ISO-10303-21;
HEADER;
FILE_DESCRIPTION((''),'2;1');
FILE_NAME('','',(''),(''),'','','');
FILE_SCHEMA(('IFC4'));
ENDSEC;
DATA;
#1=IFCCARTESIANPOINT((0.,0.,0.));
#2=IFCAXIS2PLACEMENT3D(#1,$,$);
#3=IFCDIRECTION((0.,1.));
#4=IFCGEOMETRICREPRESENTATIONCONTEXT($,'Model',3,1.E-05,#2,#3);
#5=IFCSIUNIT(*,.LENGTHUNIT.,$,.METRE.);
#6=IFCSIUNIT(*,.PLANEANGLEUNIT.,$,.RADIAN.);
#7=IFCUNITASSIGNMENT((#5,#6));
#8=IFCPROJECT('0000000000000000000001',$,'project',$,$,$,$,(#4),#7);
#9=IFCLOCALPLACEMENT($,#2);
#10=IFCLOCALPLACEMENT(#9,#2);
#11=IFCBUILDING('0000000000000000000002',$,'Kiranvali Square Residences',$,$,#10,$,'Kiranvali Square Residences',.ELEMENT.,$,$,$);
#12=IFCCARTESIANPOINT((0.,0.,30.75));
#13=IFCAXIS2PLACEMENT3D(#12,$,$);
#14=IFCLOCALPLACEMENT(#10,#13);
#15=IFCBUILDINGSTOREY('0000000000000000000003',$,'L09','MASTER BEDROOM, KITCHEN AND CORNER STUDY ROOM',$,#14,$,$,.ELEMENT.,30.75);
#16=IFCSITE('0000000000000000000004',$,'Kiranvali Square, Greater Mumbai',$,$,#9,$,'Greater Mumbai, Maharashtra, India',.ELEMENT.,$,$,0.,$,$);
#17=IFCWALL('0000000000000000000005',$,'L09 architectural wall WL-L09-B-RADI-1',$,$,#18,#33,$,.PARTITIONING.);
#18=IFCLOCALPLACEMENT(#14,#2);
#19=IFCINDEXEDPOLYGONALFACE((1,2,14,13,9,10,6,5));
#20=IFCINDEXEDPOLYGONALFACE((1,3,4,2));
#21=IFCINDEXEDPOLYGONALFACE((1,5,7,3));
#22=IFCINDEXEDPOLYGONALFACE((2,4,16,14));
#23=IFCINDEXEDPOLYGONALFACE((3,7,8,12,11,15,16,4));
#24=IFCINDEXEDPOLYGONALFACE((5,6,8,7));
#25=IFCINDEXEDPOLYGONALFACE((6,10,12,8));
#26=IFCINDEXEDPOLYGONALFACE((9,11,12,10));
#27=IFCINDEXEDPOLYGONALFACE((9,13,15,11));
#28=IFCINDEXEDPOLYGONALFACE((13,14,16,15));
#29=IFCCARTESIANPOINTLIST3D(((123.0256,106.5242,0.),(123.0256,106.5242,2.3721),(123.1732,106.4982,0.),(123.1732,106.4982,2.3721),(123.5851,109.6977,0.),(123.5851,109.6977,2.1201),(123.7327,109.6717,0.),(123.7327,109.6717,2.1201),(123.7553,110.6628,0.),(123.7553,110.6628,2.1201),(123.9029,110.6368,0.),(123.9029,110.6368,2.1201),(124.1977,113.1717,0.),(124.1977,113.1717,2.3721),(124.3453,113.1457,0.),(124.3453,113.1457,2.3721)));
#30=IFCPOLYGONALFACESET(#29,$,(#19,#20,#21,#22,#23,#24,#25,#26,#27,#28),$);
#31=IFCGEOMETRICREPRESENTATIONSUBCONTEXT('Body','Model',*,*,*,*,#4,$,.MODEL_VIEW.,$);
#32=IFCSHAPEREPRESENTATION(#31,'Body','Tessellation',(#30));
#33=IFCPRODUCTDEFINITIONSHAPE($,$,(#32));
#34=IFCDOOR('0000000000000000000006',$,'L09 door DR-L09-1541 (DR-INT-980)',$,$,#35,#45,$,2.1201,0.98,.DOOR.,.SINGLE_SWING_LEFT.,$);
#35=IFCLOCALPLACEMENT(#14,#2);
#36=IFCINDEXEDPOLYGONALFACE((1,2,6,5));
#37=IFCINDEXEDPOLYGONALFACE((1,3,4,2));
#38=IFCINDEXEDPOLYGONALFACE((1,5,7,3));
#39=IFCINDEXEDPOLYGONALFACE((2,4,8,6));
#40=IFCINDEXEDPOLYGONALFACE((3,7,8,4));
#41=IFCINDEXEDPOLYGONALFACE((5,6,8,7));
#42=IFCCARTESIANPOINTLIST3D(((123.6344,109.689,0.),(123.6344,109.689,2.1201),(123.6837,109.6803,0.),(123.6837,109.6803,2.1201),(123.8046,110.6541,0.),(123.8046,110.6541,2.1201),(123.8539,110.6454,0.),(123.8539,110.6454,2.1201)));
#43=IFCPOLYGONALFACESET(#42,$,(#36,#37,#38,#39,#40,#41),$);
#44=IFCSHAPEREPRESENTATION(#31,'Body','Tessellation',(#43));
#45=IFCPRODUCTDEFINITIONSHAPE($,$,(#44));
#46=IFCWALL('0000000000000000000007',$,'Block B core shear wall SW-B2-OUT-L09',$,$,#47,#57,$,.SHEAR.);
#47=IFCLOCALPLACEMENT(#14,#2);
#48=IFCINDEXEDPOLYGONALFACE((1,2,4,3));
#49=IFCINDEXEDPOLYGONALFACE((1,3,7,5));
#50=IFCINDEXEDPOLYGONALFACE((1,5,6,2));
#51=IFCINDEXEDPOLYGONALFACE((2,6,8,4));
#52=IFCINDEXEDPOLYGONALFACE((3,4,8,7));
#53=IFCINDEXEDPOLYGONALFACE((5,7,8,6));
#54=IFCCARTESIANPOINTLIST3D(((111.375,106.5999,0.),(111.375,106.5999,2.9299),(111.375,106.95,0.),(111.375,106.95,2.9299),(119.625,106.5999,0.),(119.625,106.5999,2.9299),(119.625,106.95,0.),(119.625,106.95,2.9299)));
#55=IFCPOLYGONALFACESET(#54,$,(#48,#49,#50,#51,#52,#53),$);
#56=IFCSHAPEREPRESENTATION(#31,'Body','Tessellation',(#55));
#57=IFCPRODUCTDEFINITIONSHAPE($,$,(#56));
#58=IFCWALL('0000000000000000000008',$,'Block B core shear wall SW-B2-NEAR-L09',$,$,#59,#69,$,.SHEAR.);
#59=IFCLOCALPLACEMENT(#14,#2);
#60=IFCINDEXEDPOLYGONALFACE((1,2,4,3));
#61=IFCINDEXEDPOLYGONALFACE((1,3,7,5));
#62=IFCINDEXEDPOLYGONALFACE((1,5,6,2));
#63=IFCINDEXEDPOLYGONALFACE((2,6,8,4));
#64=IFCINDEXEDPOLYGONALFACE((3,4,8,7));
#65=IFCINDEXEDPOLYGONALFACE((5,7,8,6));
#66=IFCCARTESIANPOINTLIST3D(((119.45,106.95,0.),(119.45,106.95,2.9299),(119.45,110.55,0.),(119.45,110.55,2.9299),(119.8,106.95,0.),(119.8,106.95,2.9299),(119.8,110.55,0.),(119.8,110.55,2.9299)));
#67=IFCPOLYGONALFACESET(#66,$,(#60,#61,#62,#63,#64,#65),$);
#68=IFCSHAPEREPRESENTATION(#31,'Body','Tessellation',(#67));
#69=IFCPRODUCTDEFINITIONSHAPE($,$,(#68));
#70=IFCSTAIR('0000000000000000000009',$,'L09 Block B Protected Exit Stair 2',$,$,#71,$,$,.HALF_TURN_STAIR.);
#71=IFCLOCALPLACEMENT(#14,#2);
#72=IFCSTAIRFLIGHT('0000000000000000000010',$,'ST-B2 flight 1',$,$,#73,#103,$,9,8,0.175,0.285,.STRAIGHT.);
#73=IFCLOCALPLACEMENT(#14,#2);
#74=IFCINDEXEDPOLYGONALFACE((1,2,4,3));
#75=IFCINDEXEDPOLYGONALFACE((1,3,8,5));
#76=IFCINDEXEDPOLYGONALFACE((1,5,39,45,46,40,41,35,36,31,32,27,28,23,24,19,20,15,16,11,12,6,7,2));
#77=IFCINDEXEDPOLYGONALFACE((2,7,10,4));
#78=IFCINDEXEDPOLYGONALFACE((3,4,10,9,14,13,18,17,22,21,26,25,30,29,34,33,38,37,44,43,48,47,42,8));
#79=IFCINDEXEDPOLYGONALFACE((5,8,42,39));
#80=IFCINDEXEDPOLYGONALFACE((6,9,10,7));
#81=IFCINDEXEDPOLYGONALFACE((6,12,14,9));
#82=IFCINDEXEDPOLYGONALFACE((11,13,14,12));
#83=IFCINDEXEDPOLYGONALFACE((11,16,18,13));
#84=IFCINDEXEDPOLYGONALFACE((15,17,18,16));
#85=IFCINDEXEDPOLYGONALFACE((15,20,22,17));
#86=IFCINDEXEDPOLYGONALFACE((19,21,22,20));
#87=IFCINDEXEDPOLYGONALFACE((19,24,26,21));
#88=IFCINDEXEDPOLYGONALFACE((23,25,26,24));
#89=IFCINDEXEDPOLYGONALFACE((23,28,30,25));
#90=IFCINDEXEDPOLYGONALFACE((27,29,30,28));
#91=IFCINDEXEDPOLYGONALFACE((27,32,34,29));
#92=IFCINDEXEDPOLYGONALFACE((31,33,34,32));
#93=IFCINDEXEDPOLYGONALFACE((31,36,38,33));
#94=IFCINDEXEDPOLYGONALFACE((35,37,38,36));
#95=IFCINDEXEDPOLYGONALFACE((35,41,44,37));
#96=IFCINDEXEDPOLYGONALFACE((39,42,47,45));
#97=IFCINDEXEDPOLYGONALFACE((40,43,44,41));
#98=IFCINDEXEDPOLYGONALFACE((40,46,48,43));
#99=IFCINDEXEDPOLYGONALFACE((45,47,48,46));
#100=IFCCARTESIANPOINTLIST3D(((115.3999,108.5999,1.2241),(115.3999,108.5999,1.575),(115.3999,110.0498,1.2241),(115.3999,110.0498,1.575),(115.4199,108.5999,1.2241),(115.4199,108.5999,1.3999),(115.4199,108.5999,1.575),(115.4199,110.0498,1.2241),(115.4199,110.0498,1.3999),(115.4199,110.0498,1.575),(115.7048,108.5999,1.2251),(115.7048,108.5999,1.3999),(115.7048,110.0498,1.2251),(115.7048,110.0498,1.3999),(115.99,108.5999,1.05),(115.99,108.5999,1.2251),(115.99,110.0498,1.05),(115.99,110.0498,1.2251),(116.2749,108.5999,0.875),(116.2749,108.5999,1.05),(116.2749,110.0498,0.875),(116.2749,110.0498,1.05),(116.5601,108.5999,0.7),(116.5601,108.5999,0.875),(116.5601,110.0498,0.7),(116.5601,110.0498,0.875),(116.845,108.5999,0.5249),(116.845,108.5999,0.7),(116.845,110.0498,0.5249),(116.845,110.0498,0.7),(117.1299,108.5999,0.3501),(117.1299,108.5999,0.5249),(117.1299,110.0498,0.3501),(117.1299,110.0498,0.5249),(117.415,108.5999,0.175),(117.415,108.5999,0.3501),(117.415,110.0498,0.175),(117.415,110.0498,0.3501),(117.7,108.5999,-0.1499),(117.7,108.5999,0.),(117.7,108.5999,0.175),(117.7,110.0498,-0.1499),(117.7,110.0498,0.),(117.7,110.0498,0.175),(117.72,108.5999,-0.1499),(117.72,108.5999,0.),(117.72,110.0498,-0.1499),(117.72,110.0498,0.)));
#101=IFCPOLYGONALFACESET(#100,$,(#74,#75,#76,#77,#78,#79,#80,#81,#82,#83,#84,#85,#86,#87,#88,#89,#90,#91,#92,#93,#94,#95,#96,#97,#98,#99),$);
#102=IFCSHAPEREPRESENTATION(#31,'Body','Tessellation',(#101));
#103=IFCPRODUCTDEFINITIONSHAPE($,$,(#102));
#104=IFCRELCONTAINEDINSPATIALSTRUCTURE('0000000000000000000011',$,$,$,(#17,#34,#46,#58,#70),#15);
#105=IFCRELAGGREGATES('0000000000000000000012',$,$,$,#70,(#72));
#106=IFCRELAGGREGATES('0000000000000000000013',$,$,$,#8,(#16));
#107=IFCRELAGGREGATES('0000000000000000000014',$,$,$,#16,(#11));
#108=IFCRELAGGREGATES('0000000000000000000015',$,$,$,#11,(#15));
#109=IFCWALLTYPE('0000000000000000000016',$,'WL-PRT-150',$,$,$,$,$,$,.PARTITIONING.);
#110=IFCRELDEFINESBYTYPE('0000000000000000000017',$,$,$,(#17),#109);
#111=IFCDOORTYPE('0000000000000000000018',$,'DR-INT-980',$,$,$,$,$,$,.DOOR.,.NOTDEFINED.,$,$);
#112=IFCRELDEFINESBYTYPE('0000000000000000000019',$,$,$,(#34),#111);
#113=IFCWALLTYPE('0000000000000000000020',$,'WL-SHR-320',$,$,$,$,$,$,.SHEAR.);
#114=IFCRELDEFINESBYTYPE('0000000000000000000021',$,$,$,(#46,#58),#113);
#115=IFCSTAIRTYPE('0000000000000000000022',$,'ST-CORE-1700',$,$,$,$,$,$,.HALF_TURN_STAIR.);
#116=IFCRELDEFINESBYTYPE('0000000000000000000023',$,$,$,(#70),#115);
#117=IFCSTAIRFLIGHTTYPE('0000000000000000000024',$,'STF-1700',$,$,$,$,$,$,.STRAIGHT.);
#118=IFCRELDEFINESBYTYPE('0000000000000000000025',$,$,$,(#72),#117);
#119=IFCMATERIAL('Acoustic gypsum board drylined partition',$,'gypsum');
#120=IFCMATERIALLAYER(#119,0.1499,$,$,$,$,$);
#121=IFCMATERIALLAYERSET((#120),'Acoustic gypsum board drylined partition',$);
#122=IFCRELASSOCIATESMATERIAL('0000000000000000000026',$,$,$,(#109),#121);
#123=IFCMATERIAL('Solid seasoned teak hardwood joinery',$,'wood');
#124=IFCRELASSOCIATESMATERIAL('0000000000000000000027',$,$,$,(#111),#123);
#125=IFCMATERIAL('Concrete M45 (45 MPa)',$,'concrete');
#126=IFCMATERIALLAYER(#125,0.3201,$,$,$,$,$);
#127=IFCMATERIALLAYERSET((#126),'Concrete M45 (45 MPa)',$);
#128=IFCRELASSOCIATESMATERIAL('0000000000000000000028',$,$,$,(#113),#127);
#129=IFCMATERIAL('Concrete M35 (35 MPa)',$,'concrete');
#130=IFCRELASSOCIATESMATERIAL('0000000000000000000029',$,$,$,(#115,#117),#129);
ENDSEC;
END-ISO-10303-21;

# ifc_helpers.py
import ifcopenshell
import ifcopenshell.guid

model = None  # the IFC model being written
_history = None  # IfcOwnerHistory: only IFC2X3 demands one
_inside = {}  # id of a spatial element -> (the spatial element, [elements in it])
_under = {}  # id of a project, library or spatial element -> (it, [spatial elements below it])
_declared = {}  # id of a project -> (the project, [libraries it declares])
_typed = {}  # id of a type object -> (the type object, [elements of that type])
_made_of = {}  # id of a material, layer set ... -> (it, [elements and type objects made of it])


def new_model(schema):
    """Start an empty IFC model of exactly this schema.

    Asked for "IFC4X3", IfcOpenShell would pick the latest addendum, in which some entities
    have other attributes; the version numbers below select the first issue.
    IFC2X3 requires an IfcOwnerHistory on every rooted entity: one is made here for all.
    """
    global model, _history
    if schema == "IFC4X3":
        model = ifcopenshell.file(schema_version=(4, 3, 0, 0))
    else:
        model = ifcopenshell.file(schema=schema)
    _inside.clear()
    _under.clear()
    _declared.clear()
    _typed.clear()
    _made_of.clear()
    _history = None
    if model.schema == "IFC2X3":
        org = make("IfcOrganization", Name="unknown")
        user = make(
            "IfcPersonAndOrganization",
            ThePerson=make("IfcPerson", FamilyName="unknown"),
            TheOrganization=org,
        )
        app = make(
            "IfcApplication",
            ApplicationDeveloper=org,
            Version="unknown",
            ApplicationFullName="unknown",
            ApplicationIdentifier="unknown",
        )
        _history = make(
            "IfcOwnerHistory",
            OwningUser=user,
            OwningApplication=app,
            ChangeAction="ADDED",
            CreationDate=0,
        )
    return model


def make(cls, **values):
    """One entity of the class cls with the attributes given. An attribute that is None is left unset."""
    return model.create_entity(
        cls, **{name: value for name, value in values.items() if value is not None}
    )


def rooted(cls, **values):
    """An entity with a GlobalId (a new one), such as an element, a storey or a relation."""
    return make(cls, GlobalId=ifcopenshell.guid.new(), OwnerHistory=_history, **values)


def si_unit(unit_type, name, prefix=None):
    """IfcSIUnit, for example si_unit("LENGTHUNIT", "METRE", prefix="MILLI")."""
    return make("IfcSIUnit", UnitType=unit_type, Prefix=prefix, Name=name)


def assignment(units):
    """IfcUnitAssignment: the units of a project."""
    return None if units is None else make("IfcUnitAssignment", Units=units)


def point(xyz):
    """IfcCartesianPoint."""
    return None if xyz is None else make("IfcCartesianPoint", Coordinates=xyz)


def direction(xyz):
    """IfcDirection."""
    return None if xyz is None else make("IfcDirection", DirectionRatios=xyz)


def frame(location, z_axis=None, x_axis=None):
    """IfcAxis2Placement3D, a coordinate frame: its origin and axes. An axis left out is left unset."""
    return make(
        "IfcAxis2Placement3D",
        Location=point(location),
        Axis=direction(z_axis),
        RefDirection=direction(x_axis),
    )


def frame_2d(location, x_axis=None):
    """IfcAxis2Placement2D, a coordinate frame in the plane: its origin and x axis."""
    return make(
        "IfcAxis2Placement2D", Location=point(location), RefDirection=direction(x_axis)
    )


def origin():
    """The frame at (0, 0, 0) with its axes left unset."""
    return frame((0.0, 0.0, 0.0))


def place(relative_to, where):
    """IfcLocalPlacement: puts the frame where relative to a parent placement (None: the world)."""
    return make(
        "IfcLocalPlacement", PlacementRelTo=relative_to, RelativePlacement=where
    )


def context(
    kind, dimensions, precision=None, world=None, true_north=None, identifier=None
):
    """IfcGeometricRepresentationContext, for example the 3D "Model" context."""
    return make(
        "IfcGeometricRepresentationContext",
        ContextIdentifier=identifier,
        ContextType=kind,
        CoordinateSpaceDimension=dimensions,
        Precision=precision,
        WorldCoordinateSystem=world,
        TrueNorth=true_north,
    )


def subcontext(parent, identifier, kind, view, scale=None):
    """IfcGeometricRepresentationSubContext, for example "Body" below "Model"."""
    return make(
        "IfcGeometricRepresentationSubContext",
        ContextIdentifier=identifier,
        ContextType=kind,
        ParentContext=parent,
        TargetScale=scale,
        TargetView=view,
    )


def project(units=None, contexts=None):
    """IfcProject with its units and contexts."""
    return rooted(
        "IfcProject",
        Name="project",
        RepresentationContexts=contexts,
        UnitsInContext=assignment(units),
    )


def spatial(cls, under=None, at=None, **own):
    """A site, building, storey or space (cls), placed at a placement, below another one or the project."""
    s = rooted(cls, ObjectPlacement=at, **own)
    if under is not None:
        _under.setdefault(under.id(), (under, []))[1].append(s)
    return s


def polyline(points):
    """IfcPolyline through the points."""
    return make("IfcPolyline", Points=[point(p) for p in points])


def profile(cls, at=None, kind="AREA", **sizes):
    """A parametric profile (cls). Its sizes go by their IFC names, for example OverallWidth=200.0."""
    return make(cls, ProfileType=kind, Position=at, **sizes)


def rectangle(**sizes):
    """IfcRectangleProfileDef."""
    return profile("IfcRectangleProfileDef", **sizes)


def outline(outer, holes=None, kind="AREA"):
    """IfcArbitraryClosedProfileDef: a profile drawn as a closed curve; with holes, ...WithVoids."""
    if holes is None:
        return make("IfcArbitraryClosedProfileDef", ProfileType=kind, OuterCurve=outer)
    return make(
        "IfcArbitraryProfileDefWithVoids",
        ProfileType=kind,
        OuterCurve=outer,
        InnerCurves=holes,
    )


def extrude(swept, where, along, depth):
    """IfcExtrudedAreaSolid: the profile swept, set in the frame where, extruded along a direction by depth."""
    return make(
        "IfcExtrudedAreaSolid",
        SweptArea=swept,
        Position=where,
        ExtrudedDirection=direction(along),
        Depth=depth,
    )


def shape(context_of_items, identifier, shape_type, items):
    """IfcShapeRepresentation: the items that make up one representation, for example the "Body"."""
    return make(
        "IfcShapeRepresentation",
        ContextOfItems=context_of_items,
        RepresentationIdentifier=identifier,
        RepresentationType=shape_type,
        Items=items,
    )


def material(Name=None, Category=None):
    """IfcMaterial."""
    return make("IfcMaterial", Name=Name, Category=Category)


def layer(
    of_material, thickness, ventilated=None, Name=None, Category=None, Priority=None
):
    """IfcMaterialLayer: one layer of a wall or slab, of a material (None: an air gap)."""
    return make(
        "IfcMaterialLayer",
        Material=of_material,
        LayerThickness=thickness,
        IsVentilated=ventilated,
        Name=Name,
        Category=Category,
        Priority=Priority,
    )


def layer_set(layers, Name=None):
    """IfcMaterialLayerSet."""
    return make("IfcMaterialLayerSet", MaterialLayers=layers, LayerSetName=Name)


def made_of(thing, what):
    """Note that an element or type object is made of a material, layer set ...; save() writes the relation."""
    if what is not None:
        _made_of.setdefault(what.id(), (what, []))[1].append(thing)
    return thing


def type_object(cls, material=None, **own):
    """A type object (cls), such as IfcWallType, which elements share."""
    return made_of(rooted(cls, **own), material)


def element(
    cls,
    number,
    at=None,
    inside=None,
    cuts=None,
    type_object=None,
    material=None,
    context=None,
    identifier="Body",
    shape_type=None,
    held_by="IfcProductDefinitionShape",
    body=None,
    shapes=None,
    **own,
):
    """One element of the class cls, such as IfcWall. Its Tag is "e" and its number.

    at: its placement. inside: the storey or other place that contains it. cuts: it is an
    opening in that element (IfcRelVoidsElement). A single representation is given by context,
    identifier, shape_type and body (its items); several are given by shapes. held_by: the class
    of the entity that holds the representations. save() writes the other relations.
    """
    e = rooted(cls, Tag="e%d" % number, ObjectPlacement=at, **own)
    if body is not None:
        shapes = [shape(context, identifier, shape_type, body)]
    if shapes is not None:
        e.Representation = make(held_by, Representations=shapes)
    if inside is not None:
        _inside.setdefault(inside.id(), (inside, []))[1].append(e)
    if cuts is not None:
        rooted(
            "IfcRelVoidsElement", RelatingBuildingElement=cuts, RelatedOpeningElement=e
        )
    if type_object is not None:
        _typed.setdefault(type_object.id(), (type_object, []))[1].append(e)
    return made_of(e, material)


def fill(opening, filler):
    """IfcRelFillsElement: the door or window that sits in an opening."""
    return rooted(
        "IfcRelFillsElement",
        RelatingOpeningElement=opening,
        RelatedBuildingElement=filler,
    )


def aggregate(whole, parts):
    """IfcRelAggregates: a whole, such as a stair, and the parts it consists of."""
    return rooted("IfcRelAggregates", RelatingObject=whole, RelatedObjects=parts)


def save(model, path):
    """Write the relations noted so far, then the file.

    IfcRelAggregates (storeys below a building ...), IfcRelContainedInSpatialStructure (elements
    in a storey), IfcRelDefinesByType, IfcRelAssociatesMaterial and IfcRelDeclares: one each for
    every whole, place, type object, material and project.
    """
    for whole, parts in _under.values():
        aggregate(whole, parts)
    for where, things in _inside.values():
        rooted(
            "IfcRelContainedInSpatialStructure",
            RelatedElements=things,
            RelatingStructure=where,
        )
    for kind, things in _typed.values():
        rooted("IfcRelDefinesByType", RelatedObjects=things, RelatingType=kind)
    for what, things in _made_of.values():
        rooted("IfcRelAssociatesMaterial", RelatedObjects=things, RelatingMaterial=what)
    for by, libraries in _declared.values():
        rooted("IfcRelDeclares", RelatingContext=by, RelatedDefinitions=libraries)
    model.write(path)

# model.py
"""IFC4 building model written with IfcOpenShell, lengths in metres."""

from ifc_helpers import new_model, si_unit, direction, frame, frame_2d, origin, place, context, subcontext, project, spatial, polyline, rectangle, outline, extrude, material, layer, layer_set, type_object, element, fill, aggregate, save


model = new_model("IFC4")

# Units and contexts
model_context = context("Model", 3, precision=1e-05, world=origin(), true_north=direction((0.0, 1.0)))
body_context = subcontext(model_context, "Body", "Model", "MODEL_VIEW")
ifc_project = project(units=[si_unit("LENGTHUNIT", "METRE"), si_unit("PLANEANGLEUNIT", "RADIAN")], contexts=[model_context])

# Site, building, storey
site_placement = place(None, origin())
site = spatial("IfcSite", under=ifc_project, at=site_placement, Name="Kiranvali Square, Greater Mumbai", LongName="Greater Mumbai, Maharashtra, India", CompositionType="ELEMENT", RefElevation=0.0)
building_placement = place(site_placement, origin())
building = spatial("IfcBuilding", under=site, at=building_placement, Name="Kiranvali Square Residences", LongName="Kiranvali Square Residences", CompositionType="ELEMENT")
storey_placement = place(building_placement, frame((0.0, 0.0, 30.75)))
storey = spatial("IfcBuildingStorey", under=building, at=storey_placement, Name="L09", Description="MASTER BEDROOM, KITCHEN AND CORNER STUDY ROOM", CompositionType="ELEMENT", Elevation=30.75)

# Wall, opening, door
ifc_material_1 = material(Name="Acoustic gypsum board drylined partition", Category="gypsum")
ifc_layer_1 = layer(ifc_material_1, 0.1499)
ifc_layer_set_1 = layer_set([ifc_layer_1], Name="Acoustic gypsum board drylined partition")
wall_type_1 = type_object("IfcWallType", Name="WL-PRT-150", PredefinedType="PARTITIONING", material=ifc_layer_set_1)
wall_1_placement = place(storey_placement, frame((123.0994, 106.5112, 0.0), z_axis=(0.0, 0.0, 1.0), x_axis=(0.173647, 0.984808, 0.0)))
wall_1 = element("IfcWall", 1, at=wall_1_placement, inside=storey, type_object=wall_type_1, Name="L09 architectural wall WL-L09-B-RADI-1", PredefinedType="PARTITIONING", context=body_context, shape_type="SweptSolid", body=[
    extrude(rectangle(XDim=6.75, YDim=0.1499, at=frame_2d((3.375, 0.0))), origin(), (0.0, 0.0, 1.0), 2.3721),
])
opening_1_placement = place(wall_1_placement, frame((3.2224, 0.0, 0.0)))
opening_1 = element("IfcOpeningElement", 2, at=opening_1_placement, cuts=wall_1, PredefinedType="OPENING", context=body_context, shape_type="SweptSolid", body=[
    extrude(rectangle(XDim=0.98, YDim=2.1201, at=frame_2d((0.49, 1.0601))), frame((0.0, 0.085, 0.0), z_axis=(0.0, -1.0, 0.0), x_axis=(1.0, 0.0, 0.0)), (0.0, 0.0, 1.0), 0.1699),
])
ifc_material_2 = material(Name="Solid seasoned teak hardwood joinery", Category="wood")
door_type_1 = type_object("IfcDoorType", Name="DR-INT-980", OperationType="NOTDEFINED", PredefinedType="DOOR", material=ifc_material_2)
door_1_placement = place(opening_1_placement, origin())
door_1 = element("IfcDoor", 3, at=door_1_placement, inside=storey, type_object=door_type_1, Name="L09 door DR-L09-1541 (DR-INT-980)", OperationType="SINGLE_SWING_LEFT", OverallHeight=2.1201, OverallWidth=0.98, PredefinedType="DOOR", context=body_context, shape_type="SweptSolid", body=[
    extrude(rectangle(XDim=0.98, YDim=2.1201, at=frame_2d((0.49, 1.0601))), frame((0.0, 0.0249, 0.0), z_axis=(0.0, -1.0, 0.0), x_axis=(1.0, 0.0, 0.0)), (0.0, 0.0, 1.0), 0.05),
])
fill(opening_1, door_1)

# Wall
ifc_material_3 = material(Name="Concrete M45 (45 MPa)", Category="concrete")
ifc_layer_2 = layer(ifc_material_3, 0.3201)
ifc_layer_set_2 = layer_set([ifc_layer_2], Name="Concrete M45 (45 MPa)")
wall_type_2 = type_object("IfcWallType", Name="WL-SHR-320", PredefinedType="SHEAR", material=ifc_layer_set_2)
wall_2_placement = place(storey_placement, frame((119.625, 106.7749, 0.0), z_axis=(0.0, 0.0, 1.0), x_axis=(-1.0, 0.0, 0.0)))
element("IfcWall", 4, at=wall_2_placement, inside=storey, type_object=wall_type_2, Name="Block B core shear wall SW-B2-OUT-L09", PredefinedType="SHEAR", context=body_context, shape_type="SweptSolid", body=[
    extrude(rectangle(XDim=8.25, YDim=0.3501, at=frame_2d((4.125, 0.0))), origin(), (0.0, 0.0, 1.0), 2.9299),
])

# Wall
wall_3_placement = place(storey_placement, frame((119.625, 106.95, 0.0), z_axis=(0.0, 0.0, 1.0), x_axis=(0.0, 1.0, 0.0)))
element("IfcWall", 5, at=wall_3_placement, inside=storey, type_object=wall_type_2, Name="Block B core shear wall SW-B2-NEAR-L09", PredefinedType="SHEAR", context=body_context, shape_type="SweptSolid", body=[
    extrude(rectangle(XDim=3.6001, YDim=0.3501, at=frame_2d((1.8, 0.0))), origin(), (0.0, 0.0, 1.0), 2.9299),
])

# Stair, stair flight
ifc_material_4 = material(Name="Concrete M35 (35 MPa)", Category="concrete")
stair_type = type_object("IfcStairType", Name="ST-CORE-1700", PredefinedType="HALF_TURN_STAIR", material=ifc_material_4)
stair_placement = place(storey_placement, origin())
stair = element("IfcStair", 6, at=stair_placement, inside=storey, type_object=stair_type, Name="L09 Block B Protected Exit Stair 2", PredefinedType="HALF_TURN_STAIR")
stair_flight_type = type_object("IfcStairFlightType", Name="STF-1700", PredefinedType="STRAIGHT", material=ifc_material_4)
stair_flight_placement = place(storey_placement, frame((117.7, 109.325, 0.0), z_axis=(0.0, 0.0, 1.0), x_axis=(-1.0, 0.0, 0.0)))
stair_flight = element("IfcStairFlight", 7, at=stair_flight_placement, type_object=stair_flight_type, Name="ST-B2 flight 1", NumberOfRisers=9, NumberOfTreads=8, PredefinedType="STRAIGHT", RiserHeight=0.175, TreadLength=0.285, context=body_context, shape_type="SweptSolid", body=[
    extrude(outline(polyline([(-0.02, -0.1499), (-0.02, 0.0), (0.0, 0.0), (0.0, 0.175), (0.2849, 0.175), (0.2849, 0.3501), (0.5701, 0.3501), (0.5701, 0.5249), (0.855, 0.5249), (0.855, 0.7), (1.1399, 0.7), (1.1399, 0.875), (1.425, 0.875), (1.425, 1.05), (1.71, 1.05), (1.71, 1.2251), (1.9951, 1.2251), (1.9951, 1.3999), (2.28, 1.3999), (2.28, 1.575), (2.3, 1.575), (2.3, 1.2241), (2.28, 1.2241), (0.0, -0.1499), (-0.02, -0.1499)])), frame((0.0, 0.7251, 0.0), z_axis=(0.0, -1.0, 0.0), x_axis=(1.0, 0.0, 0.0)), (0.0, 0.0, 1.0), 1.45),
])
aggregate(stair, [stair_flight])

save(model, "model.ifc")
